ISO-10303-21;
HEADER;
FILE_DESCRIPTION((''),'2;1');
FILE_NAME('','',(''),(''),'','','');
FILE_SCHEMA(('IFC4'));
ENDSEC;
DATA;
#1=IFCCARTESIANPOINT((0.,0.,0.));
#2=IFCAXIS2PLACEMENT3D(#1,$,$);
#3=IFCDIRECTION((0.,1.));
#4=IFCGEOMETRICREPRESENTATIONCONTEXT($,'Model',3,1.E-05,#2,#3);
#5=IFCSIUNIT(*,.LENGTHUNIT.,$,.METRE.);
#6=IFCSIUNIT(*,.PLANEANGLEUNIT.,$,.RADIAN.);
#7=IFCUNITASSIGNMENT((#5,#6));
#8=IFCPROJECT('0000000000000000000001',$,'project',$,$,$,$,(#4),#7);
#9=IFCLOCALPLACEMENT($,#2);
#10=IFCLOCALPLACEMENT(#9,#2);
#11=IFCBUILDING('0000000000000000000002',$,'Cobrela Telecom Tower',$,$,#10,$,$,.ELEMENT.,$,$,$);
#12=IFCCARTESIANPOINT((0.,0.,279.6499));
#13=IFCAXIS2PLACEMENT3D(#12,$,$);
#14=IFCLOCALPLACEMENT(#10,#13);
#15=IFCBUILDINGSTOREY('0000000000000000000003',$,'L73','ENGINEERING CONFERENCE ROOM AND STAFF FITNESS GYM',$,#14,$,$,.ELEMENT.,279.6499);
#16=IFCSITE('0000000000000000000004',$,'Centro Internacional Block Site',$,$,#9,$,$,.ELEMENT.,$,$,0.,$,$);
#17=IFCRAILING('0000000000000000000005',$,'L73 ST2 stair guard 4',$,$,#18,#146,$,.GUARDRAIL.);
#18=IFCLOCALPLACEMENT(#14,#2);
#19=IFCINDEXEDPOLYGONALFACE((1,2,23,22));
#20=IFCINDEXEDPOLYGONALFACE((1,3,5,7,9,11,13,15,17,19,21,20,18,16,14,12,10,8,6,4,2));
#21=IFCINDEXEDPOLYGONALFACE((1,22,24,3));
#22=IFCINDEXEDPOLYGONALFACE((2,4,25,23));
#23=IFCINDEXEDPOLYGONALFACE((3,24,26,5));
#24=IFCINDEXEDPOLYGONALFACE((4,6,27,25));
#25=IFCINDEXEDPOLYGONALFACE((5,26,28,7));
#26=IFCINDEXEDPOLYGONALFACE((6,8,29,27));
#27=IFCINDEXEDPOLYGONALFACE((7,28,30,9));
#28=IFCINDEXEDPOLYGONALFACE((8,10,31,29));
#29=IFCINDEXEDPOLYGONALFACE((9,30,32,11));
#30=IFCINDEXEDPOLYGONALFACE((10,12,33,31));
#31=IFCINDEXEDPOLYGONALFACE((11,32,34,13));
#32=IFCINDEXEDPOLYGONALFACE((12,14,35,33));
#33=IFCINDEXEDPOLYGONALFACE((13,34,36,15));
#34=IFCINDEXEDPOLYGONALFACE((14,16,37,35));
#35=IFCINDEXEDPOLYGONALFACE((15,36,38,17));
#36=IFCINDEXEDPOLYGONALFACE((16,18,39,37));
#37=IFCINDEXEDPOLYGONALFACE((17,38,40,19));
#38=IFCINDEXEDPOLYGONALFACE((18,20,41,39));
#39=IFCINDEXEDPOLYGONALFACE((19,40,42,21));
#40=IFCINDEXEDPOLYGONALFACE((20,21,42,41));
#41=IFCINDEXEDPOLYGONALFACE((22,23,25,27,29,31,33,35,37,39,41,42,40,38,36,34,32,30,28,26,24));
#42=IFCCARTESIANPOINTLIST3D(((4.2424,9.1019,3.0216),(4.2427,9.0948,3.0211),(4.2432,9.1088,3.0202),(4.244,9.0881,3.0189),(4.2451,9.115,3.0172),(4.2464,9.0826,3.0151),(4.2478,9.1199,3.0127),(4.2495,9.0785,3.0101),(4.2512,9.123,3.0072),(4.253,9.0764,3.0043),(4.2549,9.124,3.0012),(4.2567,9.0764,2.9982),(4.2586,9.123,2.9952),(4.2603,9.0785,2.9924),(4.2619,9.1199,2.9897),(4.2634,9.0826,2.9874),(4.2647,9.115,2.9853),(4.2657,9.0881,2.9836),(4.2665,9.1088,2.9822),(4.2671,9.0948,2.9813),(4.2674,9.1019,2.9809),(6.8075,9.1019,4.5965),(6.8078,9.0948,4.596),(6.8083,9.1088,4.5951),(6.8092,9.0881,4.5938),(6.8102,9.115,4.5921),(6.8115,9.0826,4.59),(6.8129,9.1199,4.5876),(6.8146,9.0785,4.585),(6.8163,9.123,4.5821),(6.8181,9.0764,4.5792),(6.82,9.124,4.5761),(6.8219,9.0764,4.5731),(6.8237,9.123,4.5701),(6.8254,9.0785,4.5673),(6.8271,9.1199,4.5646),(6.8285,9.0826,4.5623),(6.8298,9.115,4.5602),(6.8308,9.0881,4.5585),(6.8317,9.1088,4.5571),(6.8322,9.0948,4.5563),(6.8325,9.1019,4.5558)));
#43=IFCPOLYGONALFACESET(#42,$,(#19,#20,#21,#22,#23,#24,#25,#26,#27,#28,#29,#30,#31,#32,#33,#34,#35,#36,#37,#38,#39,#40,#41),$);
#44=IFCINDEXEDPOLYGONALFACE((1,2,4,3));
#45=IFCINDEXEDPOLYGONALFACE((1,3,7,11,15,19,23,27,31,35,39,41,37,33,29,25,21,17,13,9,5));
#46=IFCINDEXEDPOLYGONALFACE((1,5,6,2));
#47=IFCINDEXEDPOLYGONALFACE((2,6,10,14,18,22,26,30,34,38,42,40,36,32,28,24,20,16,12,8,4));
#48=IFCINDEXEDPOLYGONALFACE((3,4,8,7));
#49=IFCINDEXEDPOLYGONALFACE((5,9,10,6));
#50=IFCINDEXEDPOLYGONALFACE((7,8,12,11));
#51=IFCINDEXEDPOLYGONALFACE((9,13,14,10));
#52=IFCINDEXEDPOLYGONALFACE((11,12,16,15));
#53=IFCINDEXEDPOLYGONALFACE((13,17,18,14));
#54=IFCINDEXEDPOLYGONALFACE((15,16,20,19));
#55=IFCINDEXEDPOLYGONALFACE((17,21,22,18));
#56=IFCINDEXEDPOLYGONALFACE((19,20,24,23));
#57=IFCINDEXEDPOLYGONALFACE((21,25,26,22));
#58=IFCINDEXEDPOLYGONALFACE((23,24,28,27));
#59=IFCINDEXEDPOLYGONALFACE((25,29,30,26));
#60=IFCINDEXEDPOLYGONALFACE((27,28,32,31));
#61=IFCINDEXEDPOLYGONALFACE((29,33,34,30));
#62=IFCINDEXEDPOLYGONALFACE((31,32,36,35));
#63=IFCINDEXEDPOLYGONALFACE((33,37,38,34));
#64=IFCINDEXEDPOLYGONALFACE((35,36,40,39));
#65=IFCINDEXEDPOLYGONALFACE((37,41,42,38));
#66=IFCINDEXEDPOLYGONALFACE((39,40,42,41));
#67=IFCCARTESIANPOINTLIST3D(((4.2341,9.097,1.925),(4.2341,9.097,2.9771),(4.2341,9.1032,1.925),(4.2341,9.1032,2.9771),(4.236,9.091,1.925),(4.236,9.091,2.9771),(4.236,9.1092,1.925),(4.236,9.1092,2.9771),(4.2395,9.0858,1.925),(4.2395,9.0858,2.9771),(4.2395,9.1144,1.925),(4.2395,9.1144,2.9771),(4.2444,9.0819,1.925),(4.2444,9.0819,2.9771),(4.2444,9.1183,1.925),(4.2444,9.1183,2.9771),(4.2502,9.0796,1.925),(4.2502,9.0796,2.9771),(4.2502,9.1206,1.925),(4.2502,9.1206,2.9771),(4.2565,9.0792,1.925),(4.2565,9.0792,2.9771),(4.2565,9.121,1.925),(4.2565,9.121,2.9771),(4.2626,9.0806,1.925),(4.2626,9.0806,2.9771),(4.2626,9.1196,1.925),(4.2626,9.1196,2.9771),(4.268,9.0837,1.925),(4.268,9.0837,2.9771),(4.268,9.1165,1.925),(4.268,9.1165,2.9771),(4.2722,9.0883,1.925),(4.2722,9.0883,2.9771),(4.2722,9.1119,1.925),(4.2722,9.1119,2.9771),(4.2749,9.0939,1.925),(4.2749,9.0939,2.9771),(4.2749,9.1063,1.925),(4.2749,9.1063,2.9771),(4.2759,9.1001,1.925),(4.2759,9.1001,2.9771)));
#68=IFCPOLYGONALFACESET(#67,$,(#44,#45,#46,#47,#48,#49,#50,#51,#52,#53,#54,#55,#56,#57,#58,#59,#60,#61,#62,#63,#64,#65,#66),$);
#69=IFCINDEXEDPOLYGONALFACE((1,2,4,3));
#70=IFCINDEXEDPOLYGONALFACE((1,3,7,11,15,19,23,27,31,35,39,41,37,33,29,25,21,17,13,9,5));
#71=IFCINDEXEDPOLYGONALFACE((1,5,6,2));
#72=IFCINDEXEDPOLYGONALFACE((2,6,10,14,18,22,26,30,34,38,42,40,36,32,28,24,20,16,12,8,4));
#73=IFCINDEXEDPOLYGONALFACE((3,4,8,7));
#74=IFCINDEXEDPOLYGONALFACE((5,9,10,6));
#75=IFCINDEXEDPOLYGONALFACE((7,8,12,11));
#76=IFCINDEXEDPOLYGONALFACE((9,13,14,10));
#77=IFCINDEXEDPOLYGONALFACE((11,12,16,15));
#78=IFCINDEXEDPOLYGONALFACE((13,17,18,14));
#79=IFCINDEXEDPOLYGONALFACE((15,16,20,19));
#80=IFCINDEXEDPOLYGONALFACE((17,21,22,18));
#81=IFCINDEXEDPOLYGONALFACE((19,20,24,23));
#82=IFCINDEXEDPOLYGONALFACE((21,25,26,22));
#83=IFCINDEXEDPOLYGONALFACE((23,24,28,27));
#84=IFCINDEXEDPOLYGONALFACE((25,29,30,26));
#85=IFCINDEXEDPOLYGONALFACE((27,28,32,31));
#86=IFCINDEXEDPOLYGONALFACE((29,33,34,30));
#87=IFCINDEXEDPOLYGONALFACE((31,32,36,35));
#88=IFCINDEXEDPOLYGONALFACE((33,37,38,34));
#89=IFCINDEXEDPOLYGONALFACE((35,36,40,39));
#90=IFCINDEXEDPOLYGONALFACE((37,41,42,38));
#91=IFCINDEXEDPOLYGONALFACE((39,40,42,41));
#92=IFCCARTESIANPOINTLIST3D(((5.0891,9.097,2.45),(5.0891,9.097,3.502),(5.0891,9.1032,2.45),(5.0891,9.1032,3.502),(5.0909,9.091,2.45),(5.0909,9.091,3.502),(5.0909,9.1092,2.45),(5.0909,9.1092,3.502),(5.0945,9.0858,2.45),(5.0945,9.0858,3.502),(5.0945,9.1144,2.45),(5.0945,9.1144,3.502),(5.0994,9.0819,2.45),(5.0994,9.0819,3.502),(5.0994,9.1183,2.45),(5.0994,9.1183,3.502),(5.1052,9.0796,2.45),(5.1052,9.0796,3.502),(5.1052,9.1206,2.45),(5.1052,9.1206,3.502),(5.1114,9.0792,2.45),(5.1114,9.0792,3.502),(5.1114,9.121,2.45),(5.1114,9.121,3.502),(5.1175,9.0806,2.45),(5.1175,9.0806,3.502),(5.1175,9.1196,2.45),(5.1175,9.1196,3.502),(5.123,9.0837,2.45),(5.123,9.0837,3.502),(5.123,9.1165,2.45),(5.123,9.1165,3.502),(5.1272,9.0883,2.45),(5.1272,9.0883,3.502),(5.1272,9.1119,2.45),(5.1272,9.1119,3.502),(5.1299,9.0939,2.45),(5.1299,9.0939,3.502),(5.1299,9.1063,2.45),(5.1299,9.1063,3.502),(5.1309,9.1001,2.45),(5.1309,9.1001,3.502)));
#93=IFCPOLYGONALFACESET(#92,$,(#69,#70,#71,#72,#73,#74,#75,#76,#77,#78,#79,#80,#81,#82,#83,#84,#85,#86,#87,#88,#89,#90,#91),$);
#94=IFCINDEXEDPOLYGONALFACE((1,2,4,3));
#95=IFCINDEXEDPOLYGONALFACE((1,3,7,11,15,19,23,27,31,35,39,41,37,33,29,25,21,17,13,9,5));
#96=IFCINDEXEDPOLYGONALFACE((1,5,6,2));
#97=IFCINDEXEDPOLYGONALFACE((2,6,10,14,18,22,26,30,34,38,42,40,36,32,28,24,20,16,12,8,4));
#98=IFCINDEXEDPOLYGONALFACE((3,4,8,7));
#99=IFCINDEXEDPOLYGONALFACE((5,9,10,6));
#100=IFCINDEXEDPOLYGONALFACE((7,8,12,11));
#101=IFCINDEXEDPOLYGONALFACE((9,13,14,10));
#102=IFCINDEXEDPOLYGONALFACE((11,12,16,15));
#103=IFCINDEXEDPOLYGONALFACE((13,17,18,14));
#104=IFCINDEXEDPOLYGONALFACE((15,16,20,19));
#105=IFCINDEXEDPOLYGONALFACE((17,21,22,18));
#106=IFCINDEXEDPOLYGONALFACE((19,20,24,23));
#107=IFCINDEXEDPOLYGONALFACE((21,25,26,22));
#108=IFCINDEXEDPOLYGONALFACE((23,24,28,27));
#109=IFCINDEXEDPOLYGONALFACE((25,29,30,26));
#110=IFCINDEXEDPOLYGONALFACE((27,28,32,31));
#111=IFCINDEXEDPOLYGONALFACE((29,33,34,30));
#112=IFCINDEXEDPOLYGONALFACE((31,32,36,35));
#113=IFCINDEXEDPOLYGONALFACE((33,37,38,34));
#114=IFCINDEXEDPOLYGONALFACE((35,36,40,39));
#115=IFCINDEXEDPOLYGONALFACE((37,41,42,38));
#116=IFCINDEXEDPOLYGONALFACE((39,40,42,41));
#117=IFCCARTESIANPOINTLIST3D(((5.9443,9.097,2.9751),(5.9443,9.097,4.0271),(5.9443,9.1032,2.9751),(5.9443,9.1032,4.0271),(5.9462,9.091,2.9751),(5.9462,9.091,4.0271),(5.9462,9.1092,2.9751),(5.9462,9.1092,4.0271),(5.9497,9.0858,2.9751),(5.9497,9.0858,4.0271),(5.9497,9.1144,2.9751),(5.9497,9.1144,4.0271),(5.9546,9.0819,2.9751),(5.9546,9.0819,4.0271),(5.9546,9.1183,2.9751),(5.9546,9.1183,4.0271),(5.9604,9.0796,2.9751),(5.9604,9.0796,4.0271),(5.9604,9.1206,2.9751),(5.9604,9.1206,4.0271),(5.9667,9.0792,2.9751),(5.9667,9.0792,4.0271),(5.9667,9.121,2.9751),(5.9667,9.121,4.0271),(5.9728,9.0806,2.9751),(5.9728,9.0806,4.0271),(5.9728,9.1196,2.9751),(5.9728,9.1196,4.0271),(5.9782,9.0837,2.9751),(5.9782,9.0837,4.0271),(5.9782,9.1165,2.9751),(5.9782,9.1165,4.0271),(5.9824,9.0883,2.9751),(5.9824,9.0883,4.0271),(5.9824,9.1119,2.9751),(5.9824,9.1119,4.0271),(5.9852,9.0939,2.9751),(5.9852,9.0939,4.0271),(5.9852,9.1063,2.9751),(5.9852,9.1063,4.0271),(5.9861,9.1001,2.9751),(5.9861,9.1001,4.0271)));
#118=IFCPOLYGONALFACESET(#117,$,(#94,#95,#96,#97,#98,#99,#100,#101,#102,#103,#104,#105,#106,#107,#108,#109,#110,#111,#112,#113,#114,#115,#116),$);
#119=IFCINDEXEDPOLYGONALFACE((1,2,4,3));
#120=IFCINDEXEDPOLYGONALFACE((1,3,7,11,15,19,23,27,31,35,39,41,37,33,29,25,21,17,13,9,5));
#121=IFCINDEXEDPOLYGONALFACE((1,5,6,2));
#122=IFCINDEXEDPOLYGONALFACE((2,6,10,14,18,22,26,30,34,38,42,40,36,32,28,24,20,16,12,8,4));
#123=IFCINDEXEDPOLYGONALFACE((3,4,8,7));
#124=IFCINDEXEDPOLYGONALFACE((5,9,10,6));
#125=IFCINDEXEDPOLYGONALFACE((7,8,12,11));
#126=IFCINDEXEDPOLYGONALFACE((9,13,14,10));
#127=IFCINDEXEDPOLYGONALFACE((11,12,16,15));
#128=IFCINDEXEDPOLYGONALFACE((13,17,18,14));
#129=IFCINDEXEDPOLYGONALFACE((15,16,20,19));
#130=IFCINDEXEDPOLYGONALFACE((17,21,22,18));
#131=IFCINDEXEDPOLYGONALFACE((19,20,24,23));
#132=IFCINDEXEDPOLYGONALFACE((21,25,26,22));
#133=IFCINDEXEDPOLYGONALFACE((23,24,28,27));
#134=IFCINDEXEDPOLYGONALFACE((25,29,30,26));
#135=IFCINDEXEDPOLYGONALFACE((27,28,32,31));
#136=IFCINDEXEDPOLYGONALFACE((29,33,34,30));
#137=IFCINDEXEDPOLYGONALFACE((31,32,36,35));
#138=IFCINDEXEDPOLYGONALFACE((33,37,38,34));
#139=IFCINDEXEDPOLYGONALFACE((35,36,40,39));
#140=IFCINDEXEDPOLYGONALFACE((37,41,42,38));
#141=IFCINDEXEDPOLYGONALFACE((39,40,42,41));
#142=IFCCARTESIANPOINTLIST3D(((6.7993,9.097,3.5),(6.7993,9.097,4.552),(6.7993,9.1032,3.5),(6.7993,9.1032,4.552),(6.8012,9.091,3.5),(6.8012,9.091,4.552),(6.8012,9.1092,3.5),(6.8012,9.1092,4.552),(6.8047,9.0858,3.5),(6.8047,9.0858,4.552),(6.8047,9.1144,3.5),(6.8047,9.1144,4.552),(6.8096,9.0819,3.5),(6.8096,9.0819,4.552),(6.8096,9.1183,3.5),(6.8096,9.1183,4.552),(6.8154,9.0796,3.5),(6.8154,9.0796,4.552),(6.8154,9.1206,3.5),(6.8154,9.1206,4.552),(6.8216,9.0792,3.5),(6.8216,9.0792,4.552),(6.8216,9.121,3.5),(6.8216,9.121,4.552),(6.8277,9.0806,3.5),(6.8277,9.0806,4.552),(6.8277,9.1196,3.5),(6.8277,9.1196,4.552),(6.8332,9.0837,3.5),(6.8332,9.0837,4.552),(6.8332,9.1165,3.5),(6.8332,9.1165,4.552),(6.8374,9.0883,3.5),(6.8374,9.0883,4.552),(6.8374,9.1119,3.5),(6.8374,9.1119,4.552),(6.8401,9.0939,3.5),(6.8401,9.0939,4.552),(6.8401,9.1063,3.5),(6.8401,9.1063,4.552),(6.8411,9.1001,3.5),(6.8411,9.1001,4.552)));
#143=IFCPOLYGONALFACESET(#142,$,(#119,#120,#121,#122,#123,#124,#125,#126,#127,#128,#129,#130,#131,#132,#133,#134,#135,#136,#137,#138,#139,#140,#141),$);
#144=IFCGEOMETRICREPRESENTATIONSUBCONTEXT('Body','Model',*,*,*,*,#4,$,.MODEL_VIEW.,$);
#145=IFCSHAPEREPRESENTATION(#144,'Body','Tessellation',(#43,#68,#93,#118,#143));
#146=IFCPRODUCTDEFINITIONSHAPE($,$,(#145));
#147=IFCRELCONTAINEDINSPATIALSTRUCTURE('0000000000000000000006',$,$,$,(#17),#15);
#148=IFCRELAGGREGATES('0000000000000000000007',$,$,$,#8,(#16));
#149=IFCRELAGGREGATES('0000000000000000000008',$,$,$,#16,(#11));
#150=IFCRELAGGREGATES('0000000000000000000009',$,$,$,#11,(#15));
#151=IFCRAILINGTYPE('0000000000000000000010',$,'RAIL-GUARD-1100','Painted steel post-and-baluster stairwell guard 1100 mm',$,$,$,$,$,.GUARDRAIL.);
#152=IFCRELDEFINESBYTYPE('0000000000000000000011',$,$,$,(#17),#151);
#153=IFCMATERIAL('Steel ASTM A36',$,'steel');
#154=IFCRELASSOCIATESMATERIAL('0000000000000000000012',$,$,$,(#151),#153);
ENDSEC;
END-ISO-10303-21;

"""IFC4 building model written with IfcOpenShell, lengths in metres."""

from ifc_helpers import new_model, si_unit, direction, frame, origin, origin_2d, place, context, subcontext, project, spatial, circle, extrude, material, type_object, element, save


model = new_model("IFC4")

# Units and contexts
model_context = context("Model", 3, precision=1e-05, world=origin(), true_north=direction((0.0, 1.0)))
body_context = subcontext(model_context, "Body", "Model", "MODEL_VIEW")
ifc_project = project(units=[si_unit("LENGTHUNIT", "METRE"), si_unit("PLANEANGLEUNIT", "RADIAN")], contexts=[model_context])

# Site, building, storey
site_placement = place(None, origin())
site = spatial("IfcSite", under=ifc_project, at=site_placement, Name="Centro Internacional Block Site", CompositionType="ELEMENT", RefElevation=0.0)
building_placement = place(site_placement, origin())
building = spatial("IfcBuilding", under=site, at=building_placement, Name="Cobrela Telecom Tower", CompositionType="ELEMENT")
storey_placement = place(building_placement, frame((0.0, 0.0, 279.6499)))
storey = spatial("IfcBuildingStorey", under=building, at=storey_placement, Name="L73", Description="ENGINEERING CONFERENCE ROOM AND STAFF FITNESS GYM", CompositionType="ELEMENT", Elevation=279.6499)

# Shared definitions
ifc_material_1 = material(Name="Steel ASTM A36", Category="steel")

# Railing
railing_type = type_object("IfcRailingType", Name="RAIL-GUARD-1100", Description="Painted steel post-and-baluster stairwell guard 1100 mm", PredefinedType="GUARDRAIL", material=ifc_material_1)
railing_placement = place(storey_placement, frame((4.2549, 9.1001, 1.925)))
element("IfcRailing", 1, at=railing_placement, inside=storey, type_object=railing_type, Name="L73 ST2 stair guard 4", PredefinedType="GUARDRAIL", context=body_context, shape_type="SweptSolid", body=[
    extrude(circle(Radius=0.0239, at=origin_2d()), frame((0.0, 0.0, 1.0762), z_axis=(0.852195, 0.0, 0.523224), x_axis=(0.0, 1.0, 0.0)), (0.0, 0.0, 1.0), 3.01),
    extrude(circle(Radius=0.021, at=origin_2d()), origin(), (0.0, 0.0, 1.0), 1.052),
    extrude(circle(Radius=0.021, at=origin_2d()), frame((0.855, 0.0, 0.5249)), (0.0, 0.0, 1.0), 1.052),
    extrude(circle(Radius=0.021, at=origin_2d()), frame((1.7102, 0.0, 1.05)), (0.0, 0.0, 1.0), 1.052),
    extrude(circle(Radius=0.021, at=origin_2d()), frame((2.5652, 0.0, 1.575)), (0.0, 0.0, 1.0), 1.052),
])

save(model, "model.ifc")
